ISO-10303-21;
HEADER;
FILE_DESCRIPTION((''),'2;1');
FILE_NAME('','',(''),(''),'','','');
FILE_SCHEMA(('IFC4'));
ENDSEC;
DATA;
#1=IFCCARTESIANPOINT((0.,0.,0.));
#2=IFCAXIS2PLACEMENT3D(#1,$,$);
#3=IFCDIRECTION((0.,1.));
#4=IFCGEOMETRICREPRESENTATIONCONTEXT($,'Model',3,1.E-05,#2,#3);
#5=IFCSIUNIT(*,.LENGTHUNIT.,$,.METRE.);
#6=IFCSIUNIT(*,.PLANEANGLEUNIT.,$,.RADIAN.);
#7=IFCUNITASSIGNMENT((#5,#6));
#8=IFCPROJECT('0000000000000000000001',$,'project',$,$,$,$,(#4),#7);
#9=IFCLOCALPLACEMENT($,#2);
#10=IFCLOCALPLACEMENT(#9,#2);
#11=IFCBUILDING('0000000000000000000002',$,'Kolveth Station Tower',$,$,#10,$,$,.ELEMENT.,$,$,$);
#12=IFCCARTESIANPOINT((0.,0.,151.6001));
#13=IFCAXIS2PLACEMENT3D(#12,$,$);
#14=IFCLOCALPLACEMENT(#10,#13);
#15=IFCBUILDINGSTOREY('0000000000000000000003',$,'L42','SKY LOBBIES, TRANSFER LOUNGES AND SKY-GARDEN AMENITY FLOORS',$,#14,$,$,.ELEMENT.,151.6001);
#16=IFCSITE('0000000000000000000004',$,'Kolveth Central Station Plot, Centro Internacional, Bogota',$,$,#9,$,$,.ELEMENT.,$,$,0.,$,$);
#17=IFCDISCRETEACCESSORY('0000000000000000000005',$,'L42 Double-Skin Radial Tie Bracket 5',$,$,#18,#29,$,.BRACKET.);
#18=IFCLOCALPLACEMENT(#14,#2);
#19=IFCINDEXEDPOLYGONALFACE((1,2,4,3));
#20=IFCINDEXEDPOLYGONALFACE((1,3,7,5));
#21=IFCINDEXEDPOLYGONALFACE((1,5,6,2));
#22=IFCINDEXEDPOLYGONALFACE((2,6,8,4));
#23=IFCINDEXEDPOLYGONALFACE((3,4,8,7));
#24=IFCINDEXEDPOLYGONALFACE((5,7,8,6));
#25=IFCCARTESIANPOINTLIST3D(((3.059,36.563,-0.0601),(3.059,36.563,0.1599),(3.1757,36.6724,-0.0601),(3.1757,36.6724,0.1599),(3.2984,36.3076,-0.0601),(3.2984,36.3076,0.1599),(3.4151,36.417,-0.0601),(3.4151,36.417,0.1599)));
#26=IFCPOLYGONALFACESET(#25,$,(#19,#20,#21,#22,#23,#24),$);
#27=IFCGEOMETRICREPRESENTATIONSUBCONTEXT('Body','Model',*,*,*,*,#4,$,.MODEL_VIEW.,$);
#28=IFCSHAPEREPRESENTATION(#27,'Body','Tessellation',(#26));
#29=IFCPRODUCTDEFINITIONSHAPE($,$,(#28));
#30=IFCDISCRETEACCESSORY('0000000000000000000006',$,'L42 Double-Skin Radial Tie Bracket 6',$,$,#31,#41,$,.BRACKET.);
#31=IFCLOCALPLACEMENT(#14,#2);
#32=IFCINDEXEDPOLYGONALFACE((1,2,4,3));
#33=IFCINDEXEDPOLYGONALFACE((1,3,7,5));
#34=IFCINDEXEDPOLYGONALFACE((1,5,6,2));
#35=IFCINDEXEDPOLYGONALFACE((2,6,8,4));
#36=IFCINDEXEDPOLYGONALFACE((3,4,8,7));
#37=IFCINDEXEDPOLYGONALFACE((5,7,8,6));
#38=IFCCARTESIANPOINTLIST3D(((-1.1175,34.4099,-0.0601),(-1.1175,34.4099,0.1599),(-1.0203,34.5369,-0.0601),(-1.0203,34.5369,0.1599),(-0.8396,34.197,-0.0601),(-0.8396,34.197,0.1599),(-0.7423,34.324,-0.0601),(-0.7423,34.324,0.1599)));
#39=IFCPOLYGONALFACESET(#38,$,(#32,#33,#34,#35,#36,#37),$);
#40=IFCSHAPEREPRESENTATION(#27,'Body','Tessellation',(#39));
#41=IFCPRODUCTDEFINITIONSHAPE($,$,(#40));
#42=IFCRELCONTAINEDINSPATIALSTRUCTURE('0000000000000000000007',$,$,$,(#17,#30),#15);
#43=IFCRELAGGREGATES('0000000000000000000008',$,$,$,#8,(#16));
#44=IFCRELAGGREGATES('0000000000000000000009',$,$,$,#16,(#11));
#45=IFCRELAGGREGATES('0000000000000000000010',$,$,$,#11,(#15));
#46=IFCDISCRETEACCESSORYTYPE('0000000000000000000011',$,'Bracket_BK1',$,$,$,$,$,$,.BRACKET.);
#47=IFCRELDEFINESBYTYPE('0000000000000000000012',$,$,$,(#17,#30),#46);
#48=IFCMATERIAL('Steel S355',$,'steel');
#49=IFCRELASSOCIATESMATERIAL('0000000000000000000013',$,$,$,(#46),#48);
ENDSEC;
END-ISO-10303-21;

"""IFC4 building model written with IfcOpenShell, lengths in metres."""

from ifc_helpers import new_model, si_unit, direction, frame, origin, origin_2d, place, context, subcontext, project, spatial, rectangle, extrude, source, transform, mapped, material, type_object, element, save


model = new_model("IFC4")

# Units and contexts
model_context = context("Model", 3, precision=1e-05, world=origin(), true_north=direction((0.0, 1.0)))
body_context = subcontext(model_context, "Body", "Model", "MODEL_VIEW")
ifc_project = project(units=[si_unit("LENGTHUNIT", "METRE"), si_unit("PLANEANGLEUNIT", "RADIAN")], contexts=[model_context])

# Site, building, storey
site_placement = place(None, origin())
site = spatial("IfcSite", under=ifc_project, at=site_placement, Name="Kolveth Central Station Plot, Centro Internacional, Bogota", CompositionType="ELEMENT", RefElevation=0.0)
building_placement = place(site_placement, origin())
building = spatial("IfcBuilding", under=site, at=building_placement, Name="Kolveth Station Tower", CompositionType="ELEMENT")
storey_placement = place(building_placement, frame((0.0, 0.0, 151.6001)))
storey = spatial("IfcBuildingStorey", under=building, at=storey_placement, Name="L42", Description="SKY LOBBIES, TRANSFER LOUNGES AND SKY-GARDEN AMENITY FLOORS", CompositionType="ELEMENT", Elevation=151.6001)

# Discrete accessories
ifc_material_1 = material(Name="Steel S355", Category="steel")
discrete_accessory_type = type_object("IfcDiscreteAccessoryType", Name="Bracket_BK1", PredefinedType="BRACKET", material=ifc_material_1)
shared_shape_1 = source(origin(), body_context, "Body", "SweptSolid", [
    extrude(rectangle(XDim=0.3501, YDim=0.1599, at=origin_2d()), origin(), (0.0, 0.0, 1.0), 0.22),
])
for number, where, z_axis, x_axis, name in (
    (1, (3.2371, 36.49, -0.0601), (0.0, 0.0, 1.0), (-0.683911, 0.729566, 0.0), "L42 Double-Skin Radial Tie Bracket 5"),
    (2, (-0.9299, 34.3669, -0.0601), (0.0, 0.0, 1.0), (-0.793884, 0.608069, 0.0), "L42 Double-Skin Radial Tie Bracket 6"),
):
    element("IfcDiscreteAccessory", number, at=place(storey_placement, frame(where, z_axis=z_axis, x_axis=x_axis)), inside=storey, type_object=discrete_accessory_type, Name=name, PredefinedType="BRACKET", context=body_context, shape_type="MappedRepresentation", body=[
        mapped(shared_shape_1, transform((0.0, 0.0, 0.0), x_axis=(1.0, 0.0, 0.0), y_axis=(0.0, 1.0, 0.0), z_axis=(0.0, 0.0, 1.0), scale=1.0)),
    ])

save(model, "model.ifc")
